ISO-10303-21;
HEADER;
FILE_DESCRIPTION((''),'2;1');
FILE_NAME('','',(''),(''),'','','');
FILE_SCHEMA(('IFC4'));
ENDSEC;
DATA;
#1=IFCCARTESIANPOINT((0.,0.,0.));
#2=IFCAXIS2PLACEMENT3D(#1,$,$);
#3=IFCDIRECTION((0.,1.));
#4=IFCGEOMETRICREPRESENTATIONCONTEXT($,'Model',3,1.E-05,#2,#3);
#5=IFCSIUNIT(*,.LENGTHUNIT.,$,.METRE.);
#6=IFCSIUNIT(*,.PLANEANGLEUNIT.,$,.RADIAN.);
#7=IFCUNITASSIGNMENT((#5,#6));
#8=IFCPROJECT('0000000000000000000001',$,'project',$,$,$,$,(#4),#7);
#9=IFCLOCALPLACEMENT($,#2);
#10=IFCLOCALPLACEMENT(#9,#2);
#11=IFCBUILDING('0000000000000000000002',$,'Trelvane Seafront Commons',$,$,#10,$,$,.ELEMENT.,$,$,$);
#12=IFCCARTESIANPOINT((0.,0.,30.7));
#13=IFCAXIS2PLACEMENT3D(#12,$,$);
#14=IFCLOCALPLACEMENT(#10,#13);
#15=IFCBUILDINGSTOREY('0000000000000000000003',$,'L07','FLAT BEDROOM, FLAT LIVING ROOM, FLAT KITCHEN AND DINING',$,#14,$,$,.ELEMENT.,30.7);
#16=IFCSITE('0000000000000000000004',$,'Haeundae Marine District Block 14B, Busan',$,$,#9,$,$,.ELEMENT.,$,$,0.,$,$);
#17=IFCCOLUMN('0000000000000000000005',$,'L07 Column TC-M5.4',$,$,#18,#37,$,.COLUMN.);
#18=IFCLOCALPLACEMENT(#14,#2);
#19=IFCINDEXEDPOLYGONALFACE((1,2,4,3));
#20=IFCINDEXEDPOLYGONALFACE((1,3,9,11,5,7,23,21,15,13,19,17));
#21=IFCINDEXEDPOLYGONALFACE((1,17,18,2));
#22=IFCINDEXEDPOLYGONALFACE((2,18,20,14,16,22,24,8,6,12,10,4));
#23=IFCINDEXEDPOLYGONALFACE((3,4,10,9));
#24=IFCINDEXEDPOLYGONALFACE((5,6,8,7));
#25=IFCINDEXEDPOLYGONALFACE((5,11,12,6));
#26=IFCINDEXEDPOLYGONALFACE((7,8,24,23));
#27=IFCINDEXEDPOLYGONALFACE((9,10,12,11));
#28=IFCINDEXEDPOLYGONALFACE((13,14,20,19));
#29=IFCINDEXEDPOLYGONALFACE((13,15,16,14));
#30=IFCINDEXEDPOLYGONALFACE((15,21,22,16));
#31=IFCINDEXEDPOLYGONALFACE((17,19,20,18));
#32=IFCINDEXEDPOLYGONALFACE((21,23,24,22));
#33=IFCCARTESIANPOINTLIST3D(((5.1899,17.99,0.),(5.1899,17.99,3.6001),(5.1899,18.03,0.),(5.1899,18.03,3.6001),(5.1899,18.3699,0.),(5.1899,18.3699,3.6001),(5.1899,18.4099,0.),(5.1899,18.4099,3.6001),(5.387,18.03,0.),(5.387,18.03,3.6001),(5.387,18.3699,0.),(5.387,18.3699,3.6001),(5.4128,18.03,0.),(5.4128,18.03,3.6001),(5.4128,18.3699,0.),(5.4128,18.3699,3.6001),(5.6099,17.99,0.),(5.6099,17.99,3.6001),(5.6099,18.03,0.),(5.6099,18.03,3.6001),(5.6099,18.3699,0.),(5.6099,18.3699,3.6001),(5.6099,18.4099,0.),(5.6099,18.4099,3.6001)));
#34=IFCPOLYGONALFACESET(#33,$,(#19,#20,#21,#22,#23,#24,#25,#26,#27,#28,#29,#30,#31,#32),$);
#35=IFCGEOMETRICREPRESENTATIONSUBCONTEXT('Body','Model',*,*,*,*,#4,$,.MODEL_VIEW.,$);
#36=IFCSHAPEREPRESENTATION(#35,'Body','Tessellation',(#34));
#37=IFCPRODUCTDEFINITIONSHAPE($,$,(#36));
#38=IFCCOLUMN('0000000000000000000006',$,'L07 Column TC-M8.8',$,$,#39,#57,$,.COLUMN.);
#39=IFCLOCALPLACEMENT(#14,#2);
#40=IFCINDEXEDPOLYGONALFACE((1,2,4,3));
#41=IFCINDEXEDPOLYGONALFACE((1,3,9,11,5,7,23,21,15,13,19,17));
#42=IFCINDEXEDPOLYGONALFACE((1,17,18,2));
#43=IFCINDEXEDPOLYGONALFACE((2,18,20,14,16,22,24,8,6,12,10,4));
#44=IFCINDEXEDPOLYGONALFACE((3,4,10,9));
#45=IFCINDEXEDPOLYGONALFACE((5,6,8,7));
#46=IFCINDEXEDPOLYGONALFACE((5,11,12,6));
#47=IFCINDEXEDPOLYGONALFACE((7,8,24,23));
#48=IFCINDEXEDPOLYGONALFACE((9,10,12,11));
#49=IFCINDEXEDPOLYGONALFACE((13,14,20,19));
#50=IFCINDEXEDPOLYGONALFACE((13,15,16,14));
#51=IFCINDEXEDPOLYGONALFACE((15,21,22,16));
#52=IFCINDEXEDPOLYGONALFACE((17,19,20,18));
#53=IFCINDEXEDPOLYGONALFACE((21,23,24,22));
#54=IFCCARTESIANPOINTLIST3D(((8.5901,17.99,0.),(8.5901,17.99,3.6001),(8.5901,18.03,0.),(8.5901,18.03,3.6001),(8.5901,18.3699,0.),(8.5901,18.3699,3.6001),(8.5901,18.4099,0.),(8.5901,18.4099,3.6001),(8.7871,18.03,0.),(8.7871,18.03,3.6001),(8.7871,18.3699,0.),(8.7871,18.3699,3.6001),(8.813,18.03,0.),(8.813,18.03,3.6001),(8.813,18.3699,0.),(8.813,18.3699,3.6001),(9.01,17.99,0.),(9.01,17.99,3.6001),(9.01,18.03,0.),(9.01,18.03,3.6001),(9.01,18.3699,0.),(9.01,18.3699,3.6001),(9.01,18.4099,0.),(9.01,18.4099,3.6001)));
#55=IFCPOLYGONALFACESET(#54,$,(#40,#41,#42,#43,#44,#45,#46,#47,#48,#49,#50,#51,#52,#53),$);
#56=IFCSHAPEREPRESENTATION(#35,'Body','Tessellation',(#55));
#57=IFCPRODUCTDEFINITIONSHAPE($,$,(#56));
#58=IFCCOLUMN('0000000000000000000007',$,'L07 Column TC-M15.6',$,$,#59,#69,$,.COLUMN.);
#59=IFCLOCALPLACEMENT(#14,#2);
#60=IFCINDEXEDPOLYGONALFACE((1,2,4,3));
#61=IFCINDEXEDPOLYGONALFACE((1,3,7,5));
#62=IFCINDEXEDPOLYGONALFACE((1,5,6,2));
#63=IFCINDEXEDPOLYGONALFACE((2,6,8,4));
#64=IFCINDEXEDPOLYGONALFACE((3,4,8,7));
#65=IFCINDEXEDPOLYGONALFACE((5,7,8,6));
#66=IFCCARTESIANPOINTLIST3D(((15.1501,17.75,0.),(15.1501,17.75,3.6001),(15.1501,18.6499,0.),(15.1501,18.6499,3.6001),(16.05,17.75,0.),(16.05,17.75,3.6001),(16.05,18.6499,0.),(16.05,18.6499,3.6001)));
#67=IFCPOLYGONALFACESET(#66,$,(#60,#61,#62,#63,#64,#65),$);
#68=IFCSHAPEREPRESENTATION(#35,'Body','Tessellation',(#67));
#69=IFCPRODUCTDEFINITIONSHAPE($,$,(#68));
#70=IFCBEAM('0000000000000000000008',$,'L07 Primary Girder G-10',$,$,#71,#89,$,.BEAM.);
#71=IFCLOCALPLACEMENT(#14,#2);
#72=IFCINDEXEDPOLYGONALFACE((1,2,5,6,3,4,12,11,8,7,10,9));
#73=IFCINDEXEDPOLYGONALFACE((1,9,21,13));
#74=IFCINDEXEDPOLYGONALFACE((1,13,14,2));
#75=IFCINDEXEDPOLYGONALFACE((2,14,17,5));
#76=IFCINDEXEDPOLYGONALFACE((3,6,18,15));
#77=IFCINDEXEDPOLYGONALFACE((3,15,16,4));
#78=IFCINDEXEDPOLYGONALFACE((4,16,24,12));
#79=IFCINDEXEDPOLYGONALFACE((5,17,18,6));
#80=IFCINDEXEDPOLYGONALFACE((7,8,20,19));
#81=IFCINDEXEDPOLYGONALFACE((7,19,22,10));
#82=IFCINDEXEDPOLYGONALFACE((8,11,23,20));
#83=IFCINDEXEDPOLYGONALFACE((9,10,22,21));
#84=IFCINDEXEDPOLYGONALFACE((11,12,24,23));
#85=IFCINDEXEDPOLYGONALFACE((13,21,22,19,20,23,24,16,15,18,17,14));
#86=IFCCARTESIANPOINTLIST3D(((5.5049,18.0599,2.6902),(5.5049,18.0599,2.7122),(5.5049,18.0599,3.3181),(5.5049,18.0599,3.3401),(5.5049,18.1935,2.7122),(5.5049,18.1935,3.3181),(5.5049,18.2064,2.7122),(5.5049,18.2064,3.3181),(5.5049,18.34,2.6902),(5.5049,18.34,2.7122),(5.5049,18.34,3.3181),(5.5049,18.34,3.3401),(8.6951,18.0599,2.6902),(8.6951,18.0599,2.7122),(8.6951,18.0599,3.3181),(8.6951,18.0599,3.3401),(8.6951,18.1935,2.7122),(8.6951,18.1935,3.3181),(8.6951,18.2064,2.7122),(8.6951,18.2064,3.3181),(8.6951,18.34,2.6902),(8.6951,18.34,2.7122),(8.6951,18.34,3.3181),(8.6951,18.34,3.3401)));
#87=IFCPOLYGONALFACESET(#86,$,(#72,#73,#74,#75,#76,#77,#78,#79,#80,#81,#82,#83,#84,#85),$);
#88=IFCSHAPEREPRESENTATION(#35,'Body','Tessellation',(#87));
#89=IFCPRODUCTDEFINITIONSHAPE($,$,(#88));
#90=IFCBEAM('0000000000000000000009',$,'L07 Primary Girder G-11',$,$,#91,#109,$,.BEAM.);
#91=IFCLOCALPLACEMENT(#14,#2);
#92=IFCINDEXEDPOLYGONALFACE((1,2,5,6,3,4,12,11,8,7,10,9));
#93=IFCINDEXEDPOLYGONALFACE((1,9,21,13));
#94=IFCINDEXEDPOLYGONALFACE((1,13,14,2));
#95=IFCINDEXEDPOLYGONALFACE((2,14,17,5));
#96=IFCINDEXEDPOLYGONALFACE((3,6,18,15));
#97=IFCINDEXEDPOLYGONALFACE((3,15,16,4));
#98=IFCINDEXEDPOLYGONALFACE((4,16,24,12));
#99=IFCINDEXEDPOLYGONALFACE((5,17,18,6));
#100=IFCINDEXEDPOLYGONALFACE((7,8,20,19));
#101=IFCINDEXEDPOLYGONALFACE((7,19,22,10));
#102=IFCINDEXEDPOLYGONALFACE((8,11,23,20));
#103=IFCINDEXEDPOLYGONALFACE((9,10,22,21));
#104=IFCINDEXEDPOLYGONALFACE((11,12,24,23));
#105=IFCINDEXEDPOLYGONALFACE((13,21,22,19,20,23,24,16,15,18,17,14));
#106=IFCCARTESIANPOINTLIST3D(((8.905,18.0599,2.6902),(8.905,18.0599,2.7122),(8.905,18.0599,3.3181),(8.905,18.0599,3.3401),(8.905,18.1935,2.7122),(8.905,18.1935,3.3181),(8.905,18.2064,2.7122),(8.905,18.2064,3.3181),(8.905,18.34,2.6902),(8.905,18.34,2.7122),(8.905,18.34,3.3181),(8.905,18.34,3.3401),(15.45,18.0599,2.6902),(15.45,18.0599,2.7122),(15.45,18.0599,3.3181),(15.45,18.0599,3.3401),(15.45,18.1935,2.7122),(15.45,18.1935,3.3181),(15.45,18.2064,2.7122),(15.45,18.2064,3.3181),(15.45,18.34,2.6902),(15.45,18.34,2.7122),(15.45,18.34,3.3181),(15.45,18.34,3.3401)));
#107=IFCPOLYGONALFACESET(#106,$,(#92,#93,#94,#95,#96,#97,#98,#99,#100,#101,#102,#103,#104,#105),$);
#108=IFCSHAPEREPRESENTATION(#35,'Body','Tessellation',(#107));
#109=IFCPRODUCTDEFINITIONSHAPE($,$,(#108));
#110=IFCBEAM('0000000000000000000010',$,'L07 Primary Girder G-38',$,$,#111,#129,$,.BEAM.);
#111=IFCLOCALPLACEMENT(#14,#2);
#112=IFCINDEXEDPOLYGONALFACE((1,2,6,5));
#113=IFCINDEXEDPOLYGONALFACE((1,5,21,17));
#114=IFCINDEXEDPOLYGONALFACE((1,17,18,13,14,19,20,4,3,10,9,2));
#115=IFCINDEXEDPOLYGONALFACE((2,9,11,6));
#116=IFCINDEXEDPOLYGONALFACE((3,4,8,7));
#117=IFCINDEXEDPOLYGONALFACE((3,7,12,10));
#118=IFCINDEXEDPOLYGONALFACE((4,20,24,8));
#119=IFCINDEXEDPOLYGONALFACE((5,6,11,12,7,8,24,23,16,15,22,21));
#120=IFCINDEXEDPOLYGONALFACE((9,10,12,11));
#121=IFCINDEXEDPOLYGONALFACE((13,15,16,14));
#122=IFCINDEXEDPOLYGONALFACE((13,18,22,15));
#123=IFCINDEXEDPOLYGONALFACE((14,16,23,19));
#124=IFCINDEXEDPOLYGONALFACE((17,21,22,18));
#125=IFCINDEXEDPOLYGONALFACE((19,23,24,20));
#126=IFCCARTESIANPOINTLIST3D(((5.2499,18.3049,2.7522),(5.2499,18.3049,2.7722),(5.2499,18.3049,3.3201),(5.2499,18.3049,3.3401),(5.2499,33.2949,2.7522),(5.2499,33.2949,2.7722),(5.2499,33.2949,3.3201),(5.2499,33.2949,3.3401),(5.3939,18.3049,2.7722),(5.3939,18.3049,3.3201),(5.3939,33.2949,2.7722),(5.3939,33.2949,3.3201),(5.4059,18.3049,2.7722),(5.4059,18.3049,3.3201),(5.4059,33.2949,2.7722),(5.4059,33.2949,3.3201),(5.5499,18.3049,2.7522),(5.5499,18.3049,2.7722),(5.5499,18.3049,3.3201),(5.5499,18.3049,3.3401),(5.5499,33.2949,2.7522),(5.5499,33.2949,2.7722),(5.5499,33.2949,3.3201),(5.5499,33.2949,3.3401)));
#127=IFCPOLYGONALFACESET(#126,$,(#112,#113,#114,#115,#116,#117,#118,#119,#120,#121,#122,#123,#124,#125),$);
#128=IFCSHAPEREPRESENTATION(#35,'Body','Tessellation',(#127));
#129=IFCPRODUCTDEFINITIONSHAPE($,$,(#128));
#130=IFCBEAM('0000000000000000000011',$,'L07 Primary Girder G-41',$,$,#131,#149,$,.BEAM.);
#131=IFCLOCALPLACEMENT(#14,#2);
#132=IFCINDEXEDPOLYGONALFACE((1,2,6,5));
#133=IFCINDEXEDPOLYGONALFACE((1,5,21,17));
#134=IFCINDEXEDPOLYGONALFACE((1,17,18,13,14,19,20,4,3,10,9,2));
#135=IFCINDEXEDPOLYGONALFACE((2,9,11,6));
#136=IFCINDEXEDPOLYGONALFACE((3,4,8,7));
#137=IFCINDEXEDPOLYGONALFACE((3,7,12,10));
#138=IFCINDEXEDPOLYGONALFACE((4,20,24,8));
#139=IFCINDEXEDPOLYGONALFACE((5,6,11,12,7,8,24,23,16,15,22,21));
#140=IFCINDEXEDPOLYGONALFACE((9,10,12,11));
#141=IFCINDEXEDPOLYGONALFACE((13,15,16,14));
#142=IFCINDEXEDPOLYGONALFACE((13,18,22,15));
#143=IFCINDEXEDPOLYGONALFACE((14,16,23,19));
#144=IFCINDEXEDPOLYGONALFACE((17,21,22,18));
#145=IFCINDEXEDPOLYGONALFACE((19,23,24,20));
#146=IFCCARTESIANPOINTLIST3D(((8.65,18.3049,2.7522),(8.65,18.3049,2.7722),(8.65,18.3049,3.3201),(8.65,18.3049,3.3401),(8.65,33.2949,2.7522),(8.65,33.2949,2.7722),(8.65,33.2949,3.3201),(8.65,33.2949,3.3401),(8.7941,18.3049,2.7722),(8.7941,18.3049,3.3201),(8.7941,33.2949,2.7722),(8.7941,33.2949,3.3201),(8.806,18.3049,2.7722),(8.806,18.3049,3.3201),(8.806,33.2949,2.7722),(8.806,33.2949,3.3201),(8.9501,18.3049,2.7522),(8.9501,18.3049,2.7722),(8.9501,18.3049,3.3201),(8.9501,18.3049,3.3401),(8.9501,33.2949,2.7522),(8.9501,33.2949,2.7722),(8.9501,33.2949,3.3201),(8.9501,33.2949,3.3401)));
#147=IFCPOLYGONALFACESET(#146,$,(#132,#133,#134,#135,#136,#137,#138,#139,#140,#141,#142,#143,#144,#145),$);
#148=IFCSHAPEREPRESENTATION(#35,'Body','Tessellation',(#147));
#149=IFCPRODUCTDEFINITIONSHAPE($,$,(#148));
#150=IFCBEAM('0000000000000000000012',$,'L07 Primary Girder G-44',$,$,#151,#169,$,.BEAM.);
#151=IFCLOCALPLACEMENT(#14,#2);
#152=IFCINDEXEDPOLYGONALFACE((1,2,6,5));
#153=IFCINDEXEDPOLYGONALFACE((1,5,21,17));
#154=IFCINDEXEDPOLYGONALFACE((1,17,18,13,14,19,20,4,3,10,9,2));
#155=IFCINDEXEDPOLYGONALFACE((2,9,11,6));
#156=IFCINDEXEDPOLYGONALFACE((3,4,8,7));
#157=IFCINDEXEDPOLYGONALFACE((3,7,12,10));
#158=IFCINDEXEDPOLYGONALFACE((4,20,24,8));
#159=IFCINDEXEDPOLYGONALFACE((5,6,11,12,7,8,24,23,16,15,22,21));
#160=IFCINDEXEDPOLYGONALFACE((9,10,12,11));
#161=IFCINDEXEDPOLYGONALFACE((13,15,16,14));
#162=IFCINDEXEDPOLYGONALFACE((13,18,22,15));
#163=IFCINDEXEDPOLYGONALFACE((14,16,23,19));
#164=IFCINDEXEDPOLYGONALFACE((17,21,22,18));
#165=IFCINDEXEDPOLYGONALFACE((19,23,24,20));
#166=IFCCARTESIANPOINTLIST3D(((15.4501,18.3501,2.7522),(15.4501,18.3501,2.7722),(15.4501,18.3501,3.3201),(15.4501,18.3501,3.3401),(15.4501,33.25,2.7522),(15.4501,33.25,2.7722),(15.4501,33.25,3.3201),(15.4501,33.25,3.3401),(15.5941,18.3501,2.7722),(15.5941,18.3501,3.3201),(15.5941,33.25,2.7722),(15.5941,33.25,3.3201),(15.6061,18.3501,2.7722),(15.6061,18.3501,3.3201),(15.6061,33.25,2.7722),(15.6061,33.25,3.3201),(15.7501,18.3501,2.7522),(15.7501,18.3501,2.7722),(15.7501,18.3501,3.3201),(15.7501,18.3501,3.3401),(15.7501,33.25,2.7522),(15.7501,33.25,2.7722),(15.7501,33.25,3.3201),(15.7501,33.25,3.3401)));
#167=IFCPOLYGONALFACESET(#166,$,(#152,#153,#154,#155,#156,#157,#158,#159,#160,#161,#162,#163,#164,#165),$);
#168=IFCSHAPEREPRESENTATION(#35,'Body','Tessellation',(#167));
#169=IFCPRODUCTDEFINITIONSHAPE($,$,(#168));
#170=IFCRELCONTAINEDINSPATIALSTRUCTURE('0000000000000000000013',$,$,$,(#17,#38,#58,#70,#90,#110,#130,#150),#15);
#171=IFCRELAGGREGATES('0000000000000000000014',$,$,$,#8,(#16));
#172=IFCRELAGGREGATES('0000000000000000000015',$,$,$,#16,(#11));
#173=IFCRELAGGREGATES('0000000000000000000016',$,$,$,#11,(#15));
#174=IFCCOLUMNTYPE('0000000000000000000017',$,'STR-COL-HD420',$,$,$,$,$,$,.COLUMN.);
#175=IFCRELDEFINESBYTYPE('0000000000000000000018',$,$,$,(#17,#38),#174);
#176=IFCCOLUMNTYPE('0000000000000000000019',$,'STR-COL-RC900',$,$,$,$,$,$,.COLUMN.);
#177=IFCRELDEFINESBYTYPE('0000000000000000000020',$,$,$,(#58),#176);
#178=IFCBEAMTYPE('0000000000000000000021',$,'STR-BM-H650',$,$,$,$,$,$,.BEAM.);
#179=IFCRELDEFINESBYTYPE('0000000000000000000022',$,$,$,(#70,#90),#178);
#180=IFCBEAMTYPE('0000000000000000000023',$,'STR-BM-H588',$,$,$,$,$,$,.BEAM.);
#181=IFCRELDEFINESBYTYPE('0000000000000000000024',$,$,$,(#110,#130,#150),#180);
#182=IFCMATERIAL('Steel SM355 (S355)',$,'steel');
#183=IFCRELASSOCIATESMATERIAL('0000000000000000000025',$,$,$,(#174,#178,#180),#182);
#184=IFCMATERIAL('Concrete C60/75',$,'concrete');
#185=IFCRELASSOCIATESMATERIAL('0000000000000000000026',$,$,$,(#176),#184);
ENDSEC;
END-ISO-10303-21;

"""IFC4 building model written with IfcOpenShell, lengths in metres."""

from ifc_helpers import new_model, si_unit, direction, frame, origin, origin_2d, place, context, subcontext, project, spatial, rectangle, i_section, extrude, source, transform, mapped, material, material_profile, profile_set, type_object, element, save


model = new_model("IFC4")

# Units and contexts
model_context = context("Model", 3, precision=1e-05, world=origin(), true_north=direction((0.0, 1.0)))
body_context = subcontext(model_context, "Body", "Model", "MODEL_VIEW")
ifc_project = project(units=[si_unit("LENGTHUNIT", "METRE"), si_unit("PLANEANGLEUNIT", "RADIAN")], contexts=[model_context])

# Site, building, storey
site_placement = place(None, origin())
site = spatial("IfcSite", under=ifc_project, at=site_placement, Name="Haeundae Marine District Block 14B, Busan", CompositionType="ELEMENT", RefElevation=0.0)
building_placement = place(site_placement, origin())
building = spatial("IfcBuilding", under=site, at=building_placement, Name="Trelvane Seafront Commons", CompositionType="ELEMENT")
storey_placement = place(building_placement, frame((0.0, 0.0, 30.7)))
storey = spatial("IfcBuildingStorey", under=building, at=storey_placement, Name="L07", Description="FLAT BEDROOM, FLAT LIVING ROOM, FLAT KITCHEN AND DINING", CompositionType="ELEMENT", Elevation=30.7)

# Columns
ifc_material_1 = material(Name="Steel SM355 (S355)", Category="steel")
ifc_material_profile_1 = material_profile(ifc_material_1, i_section(OverallWidth=0.4199, OverallDepth=0.4199, WebThickness=0.0259, FlangeThickness=0.04, at=origin_2d()), Name="HD-420x420x26x40")
ifc_profile_set_1 = profile_set([ifc_material_profile_1], Name="Steel SM355 (S355)")
column_type_1 = type_object("IfcColumnType", Name="STR-COL-HD420", PredefinedType="COLUMN", material=ifc_profile_set_1)
shared_shape_1 = source(origin(), body_context, "Body", "SweptSolid", [
    extrude(i_section(OverallWidth=0.4199, OverallDepth=0.4199, WebThickness=0.0259, FlangeThickness=0.04, at=origin_2d()), origin(), (0.0, 0.0, 1.0), 3.6001),
])
for number, where, z_axis, x_axis, name in (
    (1, (5.3999, 18.2, 0.0), (0.0, 0.0, 1.0), (1.0, 0.0, 0.0), "L07 Column TC-M5.4"),
    (2, (8.8, 18.2, 0.0), (0.0, 0.0, 1.0), (1.0, 0.0, 0.0), "L07 Column TC-M8.8"),
):
    element("IfcColumn", number, at=place(storey_placement, frame(where, z_axis=z_axis, x_axis=x_axis)), inside=storey, type_object=column_type_1, Name=name, PredefinedType="COLUMN", context=body_context, shape_type="MappedRepresentation", body=[
        mapped(shared_shape_1, transform((0.0, 0.0, 0.0), x_axis=(1.0, 0.0, 0.0), y_axis=(0.0, 1.0, 0.0), z_axis=(0.0, 0.0, 1.0), scale=1.0)),
    ])
ifc_material_2 = material(Name="Concrete C60/75", Category="concrete")
ifc_material_profile_2 = material_profile(ifc_material_2, rectangle(XDim=0.8999, YDim=0.8999, at=origin_2d()), Name="RC-900x900")
ifc_profile_set_2 = profile_set([ifc_material_profile_2], Name="Concrete C60/75")
column_type_2 = type_object("IfcColumnType", Name="STR-COL-RC900", PredefinedType="COLUMN", material=ifc_profile_set_2)
shared_shape_2 = source(origin(), body_context, "Body", "SweptSolid", [
    extrude(rectangle(XDim=0.8999, YDim=0.8999, at=origin_2d()), origin(), (0.0, 0.0, 1.0), 3.6001),
])
column_placement = place(storey_placement, frame((15.6001, 18.2, 0.0), z_axis=(0.0, 0.0, 1.0), x_axis=(1.0, 0.0, 0.0)))
element("IfcColumn", 3, at=column_placement, inside=storey, type_object=column_type_2, Name="L07 Column TC-M15.6", PredefinedType="COLUMN", context=body_context, shape_type="MappedRepresentation", body=[
    mapped(shared_shape_2, transform((0.0, 0.0, 0.0), x_axis=(1.0, 0.0, 0.0), y_axis=(0.0, 1.0, 0.0), z_axis=(0.0, 0.0, 1.0), scale=1.0)),
])

# Beams
ifc_material_profile_3 = material_profile(ifc_material_1, i_section(OverallWidth=0.28, OverallDepth=0.6499, WebThickness=0.0129, FlangeThickness=0.022, at=origin_2d()), Name="H-650x280x13x22")
ifc_profile_set_3 = profile_set([ifc_material_profile_3], Name="Steel SM355 (S355)")
beam_type_1 = type_object("IfcBeamType", Name="STR-BM-H650", PredefinedType="BEAM", material=ifc_profile_set_3)
shared_shape_3 = source(origin(), body_context, "Body", "SweptSolid", [
    extrude(i_section(OverallWidth=0.28, OverallDepth=0.6499, WebThickness=0.0129, FlangeThickness=0.022, at=origin_2d()), origin(), (0.0, 0.0, 1.0), 3.1902),
])
beam_1_placement = place(storey_placement, frame((5.5049, 18.2, 3.0151), z_axis=(1.0, 0.0, 0.0), x_axis=(0.0, 1.0, 0.0)))
element("IfcBeam", 4, at=beam_1_placement, inside=storey, type_object=beam_type_1, Name="L07 Primary Girder G-10", PredefinedType="BEAM", context=body_context, shape_type="MappedRepresentation", body=[
    mapped(shared_shape_3, transform((0.0, 0.0, 0.0), x_axis=(1.0, 0.0, 0.0), y_axis=(0.0, 1.0, 0.0), z_axis=(0.0, 0.0, 1.0), scale=1.0)),
])
shared_shape_4 = source(origin(), body_context, "Body", "SweptSolid", [
    extrude(i_section(OverallWidth=0.28, OverallDepth=0.6499, WebThickness=0.0129, FlangeThickness=0.022, at=origin_2d()), origin(), (0.0, 0.0, 1.0), 6.5449),
])
beam_2_placement = place(storey_placement, frame((8.905, 18.2, 3.0151), z_axis=(1.0, 0.0, 0.0), x_axis=(0.0, 1.0, 0.0)))
element("IfcBeam", 5, at=beam_2_placement, inside=storey, type_object=beam_type_1, Name="L07 Primary Girder G-11", PredefinedType="BEAM", context=body_context, shape_type="MappedRepresentation", body=[
    mapped(shared_shape_4, transform((0.0, 0.0, 0.0), x_axis=(1.0, 0.0, 0.0), y_axis=(0.0, 1.0, 0.0), z_axis=(0.0, 0.0, 1.0), scale=1.0)),
])
ifc_material_profile_4 = material_profile(ifc_material_1, i_section(OverallWidth=0.3, OverallDepth=0.5879, WebThickness=0.012, FlangeThickness=0.02, at=origin_2d()), Name="H-588x300x12x20")
ifc_profile_set_4 = profile_set([ifc_material_profile_4], Name="Steel SM355 (S355)")
beam_type_2 = type_object("IfcBeamType", Name="STR-BM-H588", PredefinedType="BEAM", material=ifc_profile_set_4)
shared_shape_5 = source(origin(), body_context, "Body", "SweptSolid", [
    extrude(i_section(OverallWidth=0.3, OverallDepth=0.5879, WebThickness=0.012, FlangeThickness=0.02, at=origin_2d()), origin(), (0.0, 0.0, 1.0), 14.99),
])
for number, where, z_axis, x_axis, name in (
    (6, (5.3999, 18.3049, 3.0461), (0.0, 1.0, 0.0), (-1.0, 0.0, 0.0), "L07 Primary Girder G-38"),
    (7, (8.8, 18.3049, 3.0461), (0.0, 1.0, 0.0), (-1.0, 0.0, 0.0), "L07 Primary Girder G-41"),
):
    element("IfcBeam", number, at=place(storey_placement, frame(where, z_axis=z_axis, x_axis=x_axis)), inside=storey, type_object=beam_type_2, Name=name, PredefinedType="BEAM", context=body_context, shape_type="MappedRepresentation", body=[
        mapped(shared_shape_5, transform((0.0, 0.0, 0.0), x_axis=(1.0, 0.0, 0.0), y_axis=(0.0, 1.0, 0.0), z_axis=(0.0, 0.0, 1.0), scale=1.0)),
    ])
shared_shape_6 = source(origin(), body_context, "Body", "SweptSolid", [
    extrude(i_section(OverallWidth=0.3, OverallDepth=0.5879, WebThickness=0.012, FlangeThickness=0.02, at=origin_2d()), origin(), (0.0, 0.0, 1.0), 14.8999),
])
beam_3_placement = place(storey_placement, frame((15.6001, 18.3501, 3.0461), z_axis=(0.0, 1.0, 0.0), x_axis=(-1.0, 0.0, 0.0)))
element("IfcBeam", 8, at=beam_3_placement, inside=storey, type_object=beam_type_2, Name="L07 Primary Girder G-44", PredefinedType="BEAM", context=body_context, shape_type="MappedRepresentation", body=[
    mapped(shared_shape_6, transform((0.0, 0.0, 0.0), x_axis=(1.0, 0.0, 0.0), y_axis=(0.0, 1.0, 0.0), z_axis=(0.0, 0.0, 1.0), scale=1.0)),
])

save(model, "model.ifc")
